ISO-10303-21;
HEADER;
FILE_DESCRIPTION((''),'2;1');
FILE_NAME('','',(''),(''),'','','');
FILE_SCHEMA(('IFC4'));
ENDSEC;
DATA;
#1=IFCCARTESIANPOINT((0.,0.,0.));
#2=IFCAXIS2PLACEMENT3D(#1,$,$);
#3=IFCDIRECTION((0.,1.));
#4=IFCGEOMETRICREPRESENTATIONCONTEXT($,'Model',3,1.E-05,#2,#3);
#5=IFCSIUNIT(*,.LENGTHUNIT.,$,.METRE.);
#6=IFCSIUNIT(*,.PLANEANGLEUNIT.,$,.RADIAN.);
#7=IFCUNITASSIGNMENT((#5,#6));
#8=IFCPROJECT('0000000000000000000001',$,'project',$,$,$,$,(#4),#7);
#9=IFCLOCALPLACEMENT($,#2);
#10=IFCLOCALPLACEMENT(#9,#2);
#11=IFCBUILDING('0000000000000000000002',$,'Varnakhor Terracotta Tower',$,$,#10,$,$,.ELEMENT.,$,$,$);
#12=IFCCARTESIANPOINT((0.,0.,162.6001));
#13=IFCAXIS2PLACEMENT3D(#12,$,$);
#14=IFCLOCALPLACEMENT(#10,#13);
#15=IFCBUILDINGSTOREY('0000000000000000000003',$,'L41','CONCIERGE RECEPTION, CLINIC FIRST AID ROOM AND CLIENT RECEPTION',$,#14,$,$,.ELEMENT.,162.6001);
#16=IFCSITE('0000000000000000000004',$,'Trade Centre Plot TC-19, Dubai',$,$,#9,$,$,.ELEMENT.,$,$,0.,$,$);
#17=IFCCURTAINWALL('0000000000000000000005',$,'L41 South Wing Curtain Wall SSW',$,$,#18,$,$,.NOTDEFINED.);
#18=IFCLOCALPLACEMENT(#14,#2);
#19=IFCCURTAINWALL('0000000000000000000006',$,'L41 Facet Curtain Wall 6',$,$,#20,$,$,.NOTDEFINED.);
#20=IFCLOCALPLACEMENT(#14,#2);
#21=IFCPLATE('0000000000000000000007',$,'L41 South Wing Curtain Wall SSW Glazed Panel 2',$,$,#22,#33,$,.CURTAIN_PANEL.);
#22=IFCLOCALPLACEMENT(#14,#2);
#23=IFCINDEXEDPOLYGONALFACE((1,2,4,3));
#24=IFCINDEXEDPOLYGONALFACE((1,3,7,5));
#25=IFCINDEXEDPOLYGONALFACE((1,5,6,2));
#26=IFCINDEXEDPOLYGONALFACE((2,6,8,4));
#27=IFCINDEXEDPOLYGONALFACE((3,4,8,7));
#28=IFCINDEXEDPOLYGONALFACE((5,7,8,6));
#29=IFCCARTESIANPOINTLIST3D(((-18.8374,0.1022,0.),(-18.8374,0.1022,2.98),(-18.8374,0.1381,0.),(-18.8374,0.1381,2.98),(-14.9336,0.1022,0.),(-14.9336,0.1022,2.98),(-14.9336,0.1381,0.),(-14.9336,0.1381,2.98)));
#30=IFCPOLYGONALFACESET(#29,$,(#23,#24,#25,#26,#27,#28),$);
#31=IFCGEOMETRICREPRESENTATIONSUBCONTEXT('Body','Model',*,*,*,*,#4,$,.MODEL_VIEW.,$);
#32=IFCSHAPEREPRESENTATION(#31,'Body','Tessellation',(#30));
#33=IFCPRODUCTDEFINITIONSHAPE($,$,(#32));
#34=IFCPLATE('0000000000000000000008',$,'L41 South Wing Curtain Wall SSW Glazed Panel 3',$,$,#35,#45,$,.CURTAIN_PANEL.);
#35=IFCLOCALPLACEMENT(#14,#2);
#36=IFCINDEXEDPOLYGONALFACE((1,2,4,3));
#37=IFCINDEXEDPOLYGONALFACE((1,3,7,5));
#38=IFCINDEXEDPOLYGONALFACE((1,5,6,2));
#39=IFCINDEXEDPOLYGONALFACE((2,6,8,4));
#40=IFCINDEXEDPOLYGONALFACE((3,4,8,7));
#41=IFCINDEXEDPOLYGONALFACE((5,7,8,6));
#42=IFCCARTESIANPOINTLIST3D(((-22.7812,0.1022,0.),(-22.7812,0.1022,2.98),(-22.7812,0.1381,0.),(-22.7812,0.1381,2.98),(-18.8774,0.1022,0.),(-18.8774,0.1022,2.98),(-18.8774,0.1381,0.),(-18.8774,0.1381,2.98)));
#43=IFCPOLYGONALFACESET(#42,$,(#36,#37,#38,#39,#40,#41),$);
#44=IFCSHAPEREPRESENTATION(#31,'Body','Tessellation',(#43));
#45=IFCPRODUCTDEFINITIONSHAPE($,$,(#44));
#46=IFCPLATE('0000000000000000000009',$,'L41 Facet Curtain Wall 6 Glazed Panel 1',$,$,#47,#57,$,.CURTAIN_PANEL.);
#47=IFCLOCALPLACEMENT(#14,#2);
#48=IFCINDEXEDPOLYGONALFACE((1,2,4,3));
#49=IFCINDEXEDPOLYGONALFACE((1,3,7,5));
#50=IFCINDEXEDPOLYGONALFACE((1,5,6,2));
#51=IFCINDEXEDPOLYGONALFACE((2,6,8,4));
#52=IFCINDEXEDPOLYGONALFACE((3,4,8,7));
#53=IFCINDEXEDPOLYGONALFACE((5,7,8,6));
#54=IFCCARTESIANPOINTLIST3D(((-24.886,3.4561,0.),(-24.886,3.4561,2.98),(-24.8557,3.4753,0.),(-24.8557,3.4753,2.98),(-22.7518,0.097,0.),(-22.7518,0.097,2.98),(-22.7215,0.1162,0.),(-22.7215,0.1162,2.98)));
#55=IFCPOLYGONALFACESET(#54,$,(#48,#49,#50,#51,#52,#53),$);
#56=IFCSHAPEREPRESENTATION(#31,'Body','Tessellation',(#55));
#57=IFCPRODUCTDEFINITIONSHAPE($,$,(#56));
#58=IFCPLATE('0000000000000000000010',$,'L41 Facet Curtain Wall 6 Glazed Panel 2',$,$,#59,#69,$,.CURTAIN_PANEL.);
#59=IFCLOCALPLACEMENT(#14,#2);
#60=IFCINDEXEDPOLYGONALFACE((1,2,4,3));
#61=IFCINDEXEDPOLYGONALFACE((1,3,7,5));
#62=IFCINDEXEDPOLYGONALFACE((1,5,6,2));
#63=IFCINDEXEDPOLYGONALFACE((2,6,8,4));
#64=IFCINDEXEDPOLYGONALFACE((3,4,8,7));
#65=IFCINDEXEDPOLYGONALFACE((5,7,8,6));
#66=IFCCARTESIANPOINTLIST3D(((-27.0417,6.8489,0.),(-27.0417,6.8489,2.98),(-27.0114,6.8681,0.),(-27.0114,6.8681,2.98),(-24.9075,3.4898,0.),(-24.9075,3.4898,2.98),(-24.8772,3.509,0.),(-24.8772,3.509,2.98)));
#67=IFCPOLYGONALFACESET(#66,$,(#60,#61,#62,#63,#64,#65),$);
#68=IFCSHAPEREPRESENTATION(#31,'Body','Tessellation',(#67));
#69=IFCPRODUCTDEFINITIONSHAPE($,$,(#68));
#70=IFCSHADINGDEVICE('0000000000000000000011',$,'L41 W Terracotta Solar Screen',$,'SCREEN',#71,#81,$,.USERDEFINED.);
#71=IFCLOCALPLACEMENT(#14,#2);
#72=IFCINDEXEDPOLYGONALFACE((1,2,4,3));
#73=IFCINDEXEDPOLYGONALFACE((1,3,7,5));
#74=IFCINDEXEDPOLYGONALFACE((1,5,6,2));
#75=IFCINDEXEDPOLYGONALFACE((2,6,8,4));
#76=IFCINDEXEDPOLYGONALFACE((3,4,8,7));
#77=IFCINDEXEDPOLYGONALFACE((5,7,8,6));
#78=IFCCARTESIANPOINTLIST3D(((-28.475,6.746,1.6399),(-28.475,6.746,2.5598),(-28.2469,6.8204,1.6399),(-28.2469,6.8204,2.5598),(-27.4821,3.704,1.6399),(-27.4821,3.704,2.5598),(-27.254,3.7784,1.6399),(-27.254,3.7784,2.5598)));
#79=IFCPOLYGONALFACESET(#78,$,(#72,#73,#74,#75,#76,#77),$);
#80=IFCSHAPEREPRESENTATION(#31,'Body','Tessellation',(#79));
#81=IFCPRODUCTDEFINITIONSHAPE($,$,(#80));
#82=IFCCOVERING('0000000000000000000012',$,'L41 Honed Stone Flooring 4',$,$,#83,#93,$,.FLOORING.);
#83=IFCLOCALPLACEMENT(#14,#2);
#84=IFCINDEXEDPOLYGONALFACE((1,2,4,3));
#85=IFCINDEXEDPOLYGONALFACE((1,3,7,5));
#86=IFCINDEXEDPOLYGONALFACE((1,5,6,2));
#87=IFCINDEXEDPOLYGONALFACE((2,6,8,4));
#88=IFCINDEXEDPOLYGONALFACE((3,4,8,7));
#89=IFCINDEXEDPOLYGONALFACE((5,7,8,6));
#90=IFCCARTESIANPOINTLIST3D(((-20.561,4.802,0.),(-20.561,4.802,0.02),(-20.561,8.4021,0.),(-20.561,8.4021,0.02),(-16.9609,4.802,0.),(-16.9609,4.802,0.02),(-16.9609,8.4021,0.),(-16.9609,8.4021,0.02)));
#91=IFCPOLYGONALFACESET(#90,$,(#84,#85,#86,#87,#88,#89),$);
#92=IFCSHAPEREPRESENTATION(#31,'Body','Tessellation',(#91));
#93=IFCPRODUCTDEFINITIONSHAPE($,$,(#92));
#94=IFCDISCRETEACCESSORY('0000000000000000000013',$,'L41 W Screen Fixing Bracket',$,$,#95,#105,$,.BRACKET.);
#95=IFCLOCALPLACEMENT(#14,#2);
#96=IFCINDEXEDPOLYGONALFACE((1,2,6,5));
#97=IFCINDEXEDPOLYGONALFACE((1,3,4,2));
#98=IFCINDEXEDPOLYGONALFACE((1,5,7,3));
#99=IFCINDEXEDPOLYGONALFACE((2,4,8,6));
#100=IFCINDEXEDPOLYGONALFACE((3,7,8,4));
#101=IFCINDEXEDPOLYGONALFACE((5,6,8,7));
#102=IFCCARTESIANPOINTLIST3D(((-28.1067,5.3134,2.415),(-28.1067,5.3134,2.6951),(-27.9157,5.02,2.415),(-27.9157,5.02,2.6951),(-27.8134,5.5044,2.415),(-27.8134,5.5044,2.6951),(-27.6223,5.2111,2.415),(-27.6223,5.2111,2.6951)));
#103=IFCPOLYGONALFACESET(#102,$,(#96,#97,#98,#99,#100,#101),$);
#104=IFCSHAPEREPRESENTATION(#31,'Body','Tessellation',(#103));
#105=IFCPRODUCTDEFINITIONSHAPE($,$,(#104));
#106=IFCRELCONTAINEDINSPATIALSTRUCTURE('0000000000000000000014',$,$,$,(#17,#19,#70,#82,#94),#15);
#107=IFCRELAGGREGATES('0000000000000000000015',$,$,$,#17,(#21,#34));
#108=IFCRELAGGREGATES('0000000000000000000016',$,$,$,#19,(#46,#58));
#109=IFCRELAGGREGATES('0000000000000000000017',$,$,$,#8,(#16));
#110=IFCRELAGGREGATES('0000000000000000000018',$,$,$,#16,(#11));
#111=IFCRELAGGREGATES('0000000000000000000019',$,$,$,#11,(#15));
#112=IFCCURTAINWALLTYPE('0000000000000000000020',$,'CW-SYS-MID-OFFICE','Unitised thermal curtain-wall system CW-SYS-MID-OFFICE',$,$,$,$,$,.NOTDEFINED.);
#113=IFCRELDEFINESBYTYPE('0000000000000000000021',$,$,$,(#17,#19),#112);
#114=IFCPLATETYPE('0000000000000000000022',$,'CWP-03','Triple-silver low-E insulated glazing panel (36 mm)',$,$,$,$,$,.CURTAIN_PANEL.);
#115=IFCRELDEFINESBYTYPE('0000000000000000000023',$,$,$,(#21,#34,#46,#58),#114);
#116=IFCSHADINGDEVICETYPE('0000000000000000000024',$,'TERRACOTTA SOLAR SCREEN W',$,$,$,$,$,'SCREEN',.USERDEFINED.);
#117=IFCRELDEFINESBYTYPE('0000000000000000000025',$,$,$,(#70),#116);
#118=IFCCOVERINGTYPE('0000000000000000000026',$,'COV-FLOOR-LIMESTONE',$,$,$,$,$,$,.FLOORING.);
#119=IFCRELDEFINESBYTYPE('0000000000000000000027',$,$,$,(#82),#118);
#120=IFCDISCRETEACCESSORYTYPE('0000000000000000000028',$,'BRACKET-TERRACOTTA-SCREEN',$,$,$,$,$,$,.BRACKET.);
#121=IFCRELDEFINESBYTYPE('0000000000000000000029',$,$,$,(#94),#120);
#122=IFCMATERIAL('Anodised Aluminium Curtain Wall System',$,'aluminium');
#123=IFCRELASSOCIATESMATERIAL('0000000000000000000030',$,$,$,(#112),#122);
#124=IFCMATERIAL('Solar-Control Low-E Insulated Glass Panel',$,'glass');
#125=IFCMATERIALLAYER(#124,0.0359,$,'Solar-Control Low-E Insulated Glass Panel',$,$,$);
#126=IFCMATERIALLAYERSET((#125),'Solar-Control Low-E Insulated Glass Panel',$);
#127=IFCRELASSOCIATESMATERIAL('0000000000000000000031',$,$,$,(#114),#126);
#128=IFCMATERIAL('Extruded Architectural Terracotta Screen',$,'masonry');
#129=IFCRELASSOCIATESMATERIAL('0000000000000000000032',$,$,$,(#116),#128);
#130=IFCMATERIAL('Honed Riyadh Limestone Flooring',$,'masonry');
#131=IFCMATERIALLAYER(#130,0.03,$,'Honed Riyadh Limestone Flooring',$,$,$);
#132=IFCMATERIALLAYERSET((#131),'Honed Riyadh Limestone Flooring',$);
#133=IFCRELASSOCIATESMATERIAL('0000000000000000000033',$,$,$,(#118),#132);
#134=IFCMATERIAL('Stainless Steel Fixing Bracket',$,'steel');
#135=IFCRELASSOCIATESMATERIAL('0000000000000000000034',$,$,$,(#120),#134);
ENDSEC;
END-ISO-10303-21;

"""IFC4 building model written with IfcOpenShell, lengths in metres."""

from ifc_helpers import new_model, si_unit, direction, frame, origin, origin_2d, place, context, subcontext, project, spatial, rectangle, extrude, source, transform, mapped, material, layer, layer_set, type_object, type_shapes, element, aggregate, save


model = new_model("IFC4")

# Units and contexts
model_context = context("Model", 3, precision=1e-05, world=origin(), true_north=direction((0.0, 1.0)))
body_context = subcontext(model_context, "Body", "Model", "MODEL_VIEW")
ifc_project = project(units=[si_unit("LENGTHUNIT", "METRE"), si_unit("PLANEANGLEUNIT", "RADIAN")], contexts=[model_context])

# Site, building, storey
site_placement = place(None, origin())
site = spatial("IfcSite", under=ifc_project, at=site_placement, Name="Trade Centre Plot TC-19, Dubai", CompositionType="ELEMENT", RefElevation=0.0)
building_placement = place(site_placement, origin())
building = spatial("IfcBuilding", under=site, at=building_placement, Name="Varnakhor Terracotta Tower", CompositionType="ELEMENT")
storey_placement = place(building_placement, frame((0.0, 0.0, 162.6001)))
storey = spatial("IfcBuildingStorey", under=building, at=storey_placement, Name="L41", Description="CONCIERGE RECEPTION, CLINIC FIRST AID ROOM AND CLIENT RECEPTION", CompositionType="ELEMENT", Elevation=162.6001)

# Curtain walls
ifc_material_1 = material(Name="Anodised Aluminium Curtain Wall System", Category="aluminium")
curtain_wall_type = type_object("IfcCurtainWallType", Name="CW-SYS-MID-OFFICE", Description="Unitised thermal curtain-wall system CW-SYS-MID-OFFICE", PredefinedType="NOTDEFINED", material=ifc_material_1)
curtain_wall_1_placement = place(storey_placement, origin())
curtain_wall_1 = element("IfcCurtainWall", 1, at=curtain_wall_1_placement, inside=storey, type_object=curtain_wall_type, Name="L41 South Wing Curtain Wall SSW", PredefinedType="NOTDEFINED")
curtain_wall_2_placement = place(storey_placement, origin())
curtain_wall_2 = element("IfcCurtainWall", 2, at=curtain_wall_2_placement, inside=storey, type_object=curtain_wall_type, Name="L41 Facet Curtain Wall 6", PredefinedType="NOTDEFINED")

# Plates
ifc_material_2 = material(Name="Solar-Control Low-E Insulated Glass Panel", Category="glass")
ifc_layer_1 = layer(ifc_material_2, 0.0359, Name="Solar-Control Low-E Insulated Glass Panel")
ifc_layer_set_1 = layer_set([ifc_layer_1], Name="Solar-Control Low-E Insulated Glass Panel")
plate_type = type_object("IfcPlateType", Name="CWP-03", Description="Triple-silver low-E insulated glazing panel (36 mm)", PredefinedType="CURTAIN_PANEL", material=ifc_layer_set_1)
shared_shape_1 = source(origin(), body_context, "Body", "SweptSolid", [
    extrude(rectangle(XDim=3.9038, YDim=0.0359, at=origin_2d()), origin(), (0.0, 0.0, 1.0), 2.98),
])
plate_1_placement = place(storey_placement, frame((-16.8855, 0.1201, 0.0), z_axis=(0.0, 0.0, 1.0), x_axis=(-1.0, 0.0, 0.0)))
plate_1 = element("IfcPlate", 3, at=plate_1_placement, type_object=plate_type, Name="L41 South Wing Curtain Wall SSW Glazed Panel 2", PredefinedType="CURTAIN_PANEL", context=body_context, shape_type="MappedRepresentation", body=[
    mapped(shared_shape_1, transform((0.0, 0.0, 0.0), scale=1.0)),
])
plate_2_placement = place(storey_placement, frame((-20.8293, 0.1201, 0.0), z_axis=(0.0, 0.0, 1.0), x_axis=(-1.0, 0.0, 0.0)))
plate_2 = element("IfcPlate", 4, at=plate_2_placement, type_object=plate_type, Name="L41 South Wing Curtain Wall SSW Glazed Panel 3", PredefinedType="CURTAIN_PANEL", context=body_context, shape_type="MappedRepresentation", body=[
    mapped(shared_shape_1, transform((0.0, 0.0, 0.0), scale=1.0)),
])
aggregate(curtain_wall_1, [plate_1, plate_2])
shared_shape_2 = source(origin(), body_context, "Body", "SweptSolid", [
    extrude(rectangle(XDim=3.9797, YDim=0.0359, at=origin_2d()), origin(), (0.0, 0.0, 1.0), 2.98),
])
plate_3_placement = place(storey_placement, frame((-23.8037, 1.7861, 0.0), z_axis=(0.0, 0.0, 1.0), x_axis=(-0.536269, 0.844047, 0.0)))
plate_3 = element("IfcPlate", 5, at=plate_3_placement, type_object=plate_type, Name="L41 Facet Curtain Wall 6 Glazed Panel 1", PredefinedType="CURTAIN_PANEL", context=body_context, shape_type="MappedRepresentation", body=[
    mapped(shared_shape_2, transform((0.0, 0.0, 0.0), scale=1.0)),
])
plate_4_placement = place(storey_placement, frame((-25.9595, 5.179, 0.0), z_axis=(0.0, 0.0, 1.0), x_axis=(-0.536269, 0.844047, 0.0)))
plate_4 = element("IfcPlate", 6, at=plate_4_placement, type_object=plate_type, Name="L41 Facet Curtain Wall 6 Glazed Panel 2", PredefinedType="CURTAIN_PANEL", context=body_context, shape_type="MappedRepresentation", body=[
    mapped(shared_shape_2, transform((0.0, 0.0, 0.0), scale=1.0)),
])
aggregate(curtain_wall_2, [plate_3, plate_4])

# Shading device
ifc_material_3 = material(Name="Extruded Architectural Terracotta Screen", Category="masonry")
shading_device_type = type_object("IfcShadingDeviceType", Name="TERRACOTTA SOLAR SCREEN W", ElementType="SCREEN", PredefinedType="USERDEFINED", material=ifc_material_3)
shared_shape_3 = source(origin(), body_context, "Body", "SweptSolid", [
    extrude(rectangle(XDim=3.2, YDim=0.24, at=origin_2d()), origin(), (0.0, 0.0, 1.0), 0.9199),
])
type_shapes(shading_device_type, [shared_shape_3])
shading_device_placement = place(storey_placement, frame((-27.8645, 5.2622, 1.6399), z_axis=(0.0, 0.0, 1.0), x_axis=(0.310278, -0.950646, 0.0)))
element("IfcShadingDevice", 7, at=shading_device_placement, inside=storey, type_object=shading_device_type, Name="L41 W Terracotta Solar Screen", ObjectType="SCREEN", PredefinedType="USERDEFINED", context=body_context, shape_type="MappedRepresentation", body=[
    mapped(shared_shape_3, transform((0.0, 0.0, 0.0), scale=1.0)),
])

# Covering
ifc_material_4 = material(Name="Honed Riyadh Limestone Flooring", Category="masonry")
ifc_layer_2 = layer(ifc_material_4, 0.03, Name="Honed Riyadh Limestone Flooring")
ifc_layer_set_2 = layer_set([ifc_layer_2], Name="Honed Riyadh Limestone Flooring")
covering_type = type_object("IfcCoveringType", Name="COV-FLOOR-LIMESTONE", PredefinedType="FLOORING", material=ifc_layer_set_2)
shared_shape_4 = source(origin(), body_context, "Body", "SweptSolid", [
    extrude(rectangle(XDim=3.6001, YDim=3.6001, at=origin_2d()), origin(), (0.0, 0.0, 1.0), 0.02),
])
covering_placement = place(storey_placement, frame((-18.761, 6.6021, 0.0), z_axis=(0.0, 0.0, 1.0), x_axis=(1.0, 0.0, 0.0)))
element("IfcCovering", 8, at=covering_placement, inside=storey, type_object=covering_type, Name="L41 Honed Stone Flooring 4", PredefinedType="FLOORING", context=body_context, shape_type="MappedRepresentation", body=[
    mapped(shared_shape_4, transform((0.0, 0.0, 0.0), scale=1.0)),
])

# Discrete accessory
ifc_material_5 = material(Name="Stainless Steel Fixing Bracket", Category="steel")
discrete_accessory_type = type_object("IfcDiscreteAccessoryType", Name="BRACKET-TERRACOTTA-SCREEN", PredefinedType="BRACKET", material=ifc_material_5)
shared_shape_5 = source(origin(), body_context, "Body", "SweptSolid", [
    extrude(rectangle(XDim=0.3501, YDim=0.3501, at=origin_2d()), origin(), (0.0, 0.0, 1.0), 0.28),
])
type_shapes(discrete_accessory_type, [shared_shape_5])
discrete_accessory_placement = place(storey_placement, frame((-27.8645, 5.2622, 2.415), z_axis=(0.0, 0.0, 1.0), x_axis=(0.545751, -0.837947, 0.0)))
element("IfcDiscreteAccessory", 9, at=discrete_accessory_placement, inside=storey, type_object=discrete_accessory_type, Name="L41 W Screen Fixing Bracket", PredefinedType="BRACKET", context=body_context, shape_type="MappedRepresentation", body=[
    mapped(shared_shape_5, transform((0.0, 0.0, 0.0), scale=1.0)),
])

save(model, "model.ifc")
